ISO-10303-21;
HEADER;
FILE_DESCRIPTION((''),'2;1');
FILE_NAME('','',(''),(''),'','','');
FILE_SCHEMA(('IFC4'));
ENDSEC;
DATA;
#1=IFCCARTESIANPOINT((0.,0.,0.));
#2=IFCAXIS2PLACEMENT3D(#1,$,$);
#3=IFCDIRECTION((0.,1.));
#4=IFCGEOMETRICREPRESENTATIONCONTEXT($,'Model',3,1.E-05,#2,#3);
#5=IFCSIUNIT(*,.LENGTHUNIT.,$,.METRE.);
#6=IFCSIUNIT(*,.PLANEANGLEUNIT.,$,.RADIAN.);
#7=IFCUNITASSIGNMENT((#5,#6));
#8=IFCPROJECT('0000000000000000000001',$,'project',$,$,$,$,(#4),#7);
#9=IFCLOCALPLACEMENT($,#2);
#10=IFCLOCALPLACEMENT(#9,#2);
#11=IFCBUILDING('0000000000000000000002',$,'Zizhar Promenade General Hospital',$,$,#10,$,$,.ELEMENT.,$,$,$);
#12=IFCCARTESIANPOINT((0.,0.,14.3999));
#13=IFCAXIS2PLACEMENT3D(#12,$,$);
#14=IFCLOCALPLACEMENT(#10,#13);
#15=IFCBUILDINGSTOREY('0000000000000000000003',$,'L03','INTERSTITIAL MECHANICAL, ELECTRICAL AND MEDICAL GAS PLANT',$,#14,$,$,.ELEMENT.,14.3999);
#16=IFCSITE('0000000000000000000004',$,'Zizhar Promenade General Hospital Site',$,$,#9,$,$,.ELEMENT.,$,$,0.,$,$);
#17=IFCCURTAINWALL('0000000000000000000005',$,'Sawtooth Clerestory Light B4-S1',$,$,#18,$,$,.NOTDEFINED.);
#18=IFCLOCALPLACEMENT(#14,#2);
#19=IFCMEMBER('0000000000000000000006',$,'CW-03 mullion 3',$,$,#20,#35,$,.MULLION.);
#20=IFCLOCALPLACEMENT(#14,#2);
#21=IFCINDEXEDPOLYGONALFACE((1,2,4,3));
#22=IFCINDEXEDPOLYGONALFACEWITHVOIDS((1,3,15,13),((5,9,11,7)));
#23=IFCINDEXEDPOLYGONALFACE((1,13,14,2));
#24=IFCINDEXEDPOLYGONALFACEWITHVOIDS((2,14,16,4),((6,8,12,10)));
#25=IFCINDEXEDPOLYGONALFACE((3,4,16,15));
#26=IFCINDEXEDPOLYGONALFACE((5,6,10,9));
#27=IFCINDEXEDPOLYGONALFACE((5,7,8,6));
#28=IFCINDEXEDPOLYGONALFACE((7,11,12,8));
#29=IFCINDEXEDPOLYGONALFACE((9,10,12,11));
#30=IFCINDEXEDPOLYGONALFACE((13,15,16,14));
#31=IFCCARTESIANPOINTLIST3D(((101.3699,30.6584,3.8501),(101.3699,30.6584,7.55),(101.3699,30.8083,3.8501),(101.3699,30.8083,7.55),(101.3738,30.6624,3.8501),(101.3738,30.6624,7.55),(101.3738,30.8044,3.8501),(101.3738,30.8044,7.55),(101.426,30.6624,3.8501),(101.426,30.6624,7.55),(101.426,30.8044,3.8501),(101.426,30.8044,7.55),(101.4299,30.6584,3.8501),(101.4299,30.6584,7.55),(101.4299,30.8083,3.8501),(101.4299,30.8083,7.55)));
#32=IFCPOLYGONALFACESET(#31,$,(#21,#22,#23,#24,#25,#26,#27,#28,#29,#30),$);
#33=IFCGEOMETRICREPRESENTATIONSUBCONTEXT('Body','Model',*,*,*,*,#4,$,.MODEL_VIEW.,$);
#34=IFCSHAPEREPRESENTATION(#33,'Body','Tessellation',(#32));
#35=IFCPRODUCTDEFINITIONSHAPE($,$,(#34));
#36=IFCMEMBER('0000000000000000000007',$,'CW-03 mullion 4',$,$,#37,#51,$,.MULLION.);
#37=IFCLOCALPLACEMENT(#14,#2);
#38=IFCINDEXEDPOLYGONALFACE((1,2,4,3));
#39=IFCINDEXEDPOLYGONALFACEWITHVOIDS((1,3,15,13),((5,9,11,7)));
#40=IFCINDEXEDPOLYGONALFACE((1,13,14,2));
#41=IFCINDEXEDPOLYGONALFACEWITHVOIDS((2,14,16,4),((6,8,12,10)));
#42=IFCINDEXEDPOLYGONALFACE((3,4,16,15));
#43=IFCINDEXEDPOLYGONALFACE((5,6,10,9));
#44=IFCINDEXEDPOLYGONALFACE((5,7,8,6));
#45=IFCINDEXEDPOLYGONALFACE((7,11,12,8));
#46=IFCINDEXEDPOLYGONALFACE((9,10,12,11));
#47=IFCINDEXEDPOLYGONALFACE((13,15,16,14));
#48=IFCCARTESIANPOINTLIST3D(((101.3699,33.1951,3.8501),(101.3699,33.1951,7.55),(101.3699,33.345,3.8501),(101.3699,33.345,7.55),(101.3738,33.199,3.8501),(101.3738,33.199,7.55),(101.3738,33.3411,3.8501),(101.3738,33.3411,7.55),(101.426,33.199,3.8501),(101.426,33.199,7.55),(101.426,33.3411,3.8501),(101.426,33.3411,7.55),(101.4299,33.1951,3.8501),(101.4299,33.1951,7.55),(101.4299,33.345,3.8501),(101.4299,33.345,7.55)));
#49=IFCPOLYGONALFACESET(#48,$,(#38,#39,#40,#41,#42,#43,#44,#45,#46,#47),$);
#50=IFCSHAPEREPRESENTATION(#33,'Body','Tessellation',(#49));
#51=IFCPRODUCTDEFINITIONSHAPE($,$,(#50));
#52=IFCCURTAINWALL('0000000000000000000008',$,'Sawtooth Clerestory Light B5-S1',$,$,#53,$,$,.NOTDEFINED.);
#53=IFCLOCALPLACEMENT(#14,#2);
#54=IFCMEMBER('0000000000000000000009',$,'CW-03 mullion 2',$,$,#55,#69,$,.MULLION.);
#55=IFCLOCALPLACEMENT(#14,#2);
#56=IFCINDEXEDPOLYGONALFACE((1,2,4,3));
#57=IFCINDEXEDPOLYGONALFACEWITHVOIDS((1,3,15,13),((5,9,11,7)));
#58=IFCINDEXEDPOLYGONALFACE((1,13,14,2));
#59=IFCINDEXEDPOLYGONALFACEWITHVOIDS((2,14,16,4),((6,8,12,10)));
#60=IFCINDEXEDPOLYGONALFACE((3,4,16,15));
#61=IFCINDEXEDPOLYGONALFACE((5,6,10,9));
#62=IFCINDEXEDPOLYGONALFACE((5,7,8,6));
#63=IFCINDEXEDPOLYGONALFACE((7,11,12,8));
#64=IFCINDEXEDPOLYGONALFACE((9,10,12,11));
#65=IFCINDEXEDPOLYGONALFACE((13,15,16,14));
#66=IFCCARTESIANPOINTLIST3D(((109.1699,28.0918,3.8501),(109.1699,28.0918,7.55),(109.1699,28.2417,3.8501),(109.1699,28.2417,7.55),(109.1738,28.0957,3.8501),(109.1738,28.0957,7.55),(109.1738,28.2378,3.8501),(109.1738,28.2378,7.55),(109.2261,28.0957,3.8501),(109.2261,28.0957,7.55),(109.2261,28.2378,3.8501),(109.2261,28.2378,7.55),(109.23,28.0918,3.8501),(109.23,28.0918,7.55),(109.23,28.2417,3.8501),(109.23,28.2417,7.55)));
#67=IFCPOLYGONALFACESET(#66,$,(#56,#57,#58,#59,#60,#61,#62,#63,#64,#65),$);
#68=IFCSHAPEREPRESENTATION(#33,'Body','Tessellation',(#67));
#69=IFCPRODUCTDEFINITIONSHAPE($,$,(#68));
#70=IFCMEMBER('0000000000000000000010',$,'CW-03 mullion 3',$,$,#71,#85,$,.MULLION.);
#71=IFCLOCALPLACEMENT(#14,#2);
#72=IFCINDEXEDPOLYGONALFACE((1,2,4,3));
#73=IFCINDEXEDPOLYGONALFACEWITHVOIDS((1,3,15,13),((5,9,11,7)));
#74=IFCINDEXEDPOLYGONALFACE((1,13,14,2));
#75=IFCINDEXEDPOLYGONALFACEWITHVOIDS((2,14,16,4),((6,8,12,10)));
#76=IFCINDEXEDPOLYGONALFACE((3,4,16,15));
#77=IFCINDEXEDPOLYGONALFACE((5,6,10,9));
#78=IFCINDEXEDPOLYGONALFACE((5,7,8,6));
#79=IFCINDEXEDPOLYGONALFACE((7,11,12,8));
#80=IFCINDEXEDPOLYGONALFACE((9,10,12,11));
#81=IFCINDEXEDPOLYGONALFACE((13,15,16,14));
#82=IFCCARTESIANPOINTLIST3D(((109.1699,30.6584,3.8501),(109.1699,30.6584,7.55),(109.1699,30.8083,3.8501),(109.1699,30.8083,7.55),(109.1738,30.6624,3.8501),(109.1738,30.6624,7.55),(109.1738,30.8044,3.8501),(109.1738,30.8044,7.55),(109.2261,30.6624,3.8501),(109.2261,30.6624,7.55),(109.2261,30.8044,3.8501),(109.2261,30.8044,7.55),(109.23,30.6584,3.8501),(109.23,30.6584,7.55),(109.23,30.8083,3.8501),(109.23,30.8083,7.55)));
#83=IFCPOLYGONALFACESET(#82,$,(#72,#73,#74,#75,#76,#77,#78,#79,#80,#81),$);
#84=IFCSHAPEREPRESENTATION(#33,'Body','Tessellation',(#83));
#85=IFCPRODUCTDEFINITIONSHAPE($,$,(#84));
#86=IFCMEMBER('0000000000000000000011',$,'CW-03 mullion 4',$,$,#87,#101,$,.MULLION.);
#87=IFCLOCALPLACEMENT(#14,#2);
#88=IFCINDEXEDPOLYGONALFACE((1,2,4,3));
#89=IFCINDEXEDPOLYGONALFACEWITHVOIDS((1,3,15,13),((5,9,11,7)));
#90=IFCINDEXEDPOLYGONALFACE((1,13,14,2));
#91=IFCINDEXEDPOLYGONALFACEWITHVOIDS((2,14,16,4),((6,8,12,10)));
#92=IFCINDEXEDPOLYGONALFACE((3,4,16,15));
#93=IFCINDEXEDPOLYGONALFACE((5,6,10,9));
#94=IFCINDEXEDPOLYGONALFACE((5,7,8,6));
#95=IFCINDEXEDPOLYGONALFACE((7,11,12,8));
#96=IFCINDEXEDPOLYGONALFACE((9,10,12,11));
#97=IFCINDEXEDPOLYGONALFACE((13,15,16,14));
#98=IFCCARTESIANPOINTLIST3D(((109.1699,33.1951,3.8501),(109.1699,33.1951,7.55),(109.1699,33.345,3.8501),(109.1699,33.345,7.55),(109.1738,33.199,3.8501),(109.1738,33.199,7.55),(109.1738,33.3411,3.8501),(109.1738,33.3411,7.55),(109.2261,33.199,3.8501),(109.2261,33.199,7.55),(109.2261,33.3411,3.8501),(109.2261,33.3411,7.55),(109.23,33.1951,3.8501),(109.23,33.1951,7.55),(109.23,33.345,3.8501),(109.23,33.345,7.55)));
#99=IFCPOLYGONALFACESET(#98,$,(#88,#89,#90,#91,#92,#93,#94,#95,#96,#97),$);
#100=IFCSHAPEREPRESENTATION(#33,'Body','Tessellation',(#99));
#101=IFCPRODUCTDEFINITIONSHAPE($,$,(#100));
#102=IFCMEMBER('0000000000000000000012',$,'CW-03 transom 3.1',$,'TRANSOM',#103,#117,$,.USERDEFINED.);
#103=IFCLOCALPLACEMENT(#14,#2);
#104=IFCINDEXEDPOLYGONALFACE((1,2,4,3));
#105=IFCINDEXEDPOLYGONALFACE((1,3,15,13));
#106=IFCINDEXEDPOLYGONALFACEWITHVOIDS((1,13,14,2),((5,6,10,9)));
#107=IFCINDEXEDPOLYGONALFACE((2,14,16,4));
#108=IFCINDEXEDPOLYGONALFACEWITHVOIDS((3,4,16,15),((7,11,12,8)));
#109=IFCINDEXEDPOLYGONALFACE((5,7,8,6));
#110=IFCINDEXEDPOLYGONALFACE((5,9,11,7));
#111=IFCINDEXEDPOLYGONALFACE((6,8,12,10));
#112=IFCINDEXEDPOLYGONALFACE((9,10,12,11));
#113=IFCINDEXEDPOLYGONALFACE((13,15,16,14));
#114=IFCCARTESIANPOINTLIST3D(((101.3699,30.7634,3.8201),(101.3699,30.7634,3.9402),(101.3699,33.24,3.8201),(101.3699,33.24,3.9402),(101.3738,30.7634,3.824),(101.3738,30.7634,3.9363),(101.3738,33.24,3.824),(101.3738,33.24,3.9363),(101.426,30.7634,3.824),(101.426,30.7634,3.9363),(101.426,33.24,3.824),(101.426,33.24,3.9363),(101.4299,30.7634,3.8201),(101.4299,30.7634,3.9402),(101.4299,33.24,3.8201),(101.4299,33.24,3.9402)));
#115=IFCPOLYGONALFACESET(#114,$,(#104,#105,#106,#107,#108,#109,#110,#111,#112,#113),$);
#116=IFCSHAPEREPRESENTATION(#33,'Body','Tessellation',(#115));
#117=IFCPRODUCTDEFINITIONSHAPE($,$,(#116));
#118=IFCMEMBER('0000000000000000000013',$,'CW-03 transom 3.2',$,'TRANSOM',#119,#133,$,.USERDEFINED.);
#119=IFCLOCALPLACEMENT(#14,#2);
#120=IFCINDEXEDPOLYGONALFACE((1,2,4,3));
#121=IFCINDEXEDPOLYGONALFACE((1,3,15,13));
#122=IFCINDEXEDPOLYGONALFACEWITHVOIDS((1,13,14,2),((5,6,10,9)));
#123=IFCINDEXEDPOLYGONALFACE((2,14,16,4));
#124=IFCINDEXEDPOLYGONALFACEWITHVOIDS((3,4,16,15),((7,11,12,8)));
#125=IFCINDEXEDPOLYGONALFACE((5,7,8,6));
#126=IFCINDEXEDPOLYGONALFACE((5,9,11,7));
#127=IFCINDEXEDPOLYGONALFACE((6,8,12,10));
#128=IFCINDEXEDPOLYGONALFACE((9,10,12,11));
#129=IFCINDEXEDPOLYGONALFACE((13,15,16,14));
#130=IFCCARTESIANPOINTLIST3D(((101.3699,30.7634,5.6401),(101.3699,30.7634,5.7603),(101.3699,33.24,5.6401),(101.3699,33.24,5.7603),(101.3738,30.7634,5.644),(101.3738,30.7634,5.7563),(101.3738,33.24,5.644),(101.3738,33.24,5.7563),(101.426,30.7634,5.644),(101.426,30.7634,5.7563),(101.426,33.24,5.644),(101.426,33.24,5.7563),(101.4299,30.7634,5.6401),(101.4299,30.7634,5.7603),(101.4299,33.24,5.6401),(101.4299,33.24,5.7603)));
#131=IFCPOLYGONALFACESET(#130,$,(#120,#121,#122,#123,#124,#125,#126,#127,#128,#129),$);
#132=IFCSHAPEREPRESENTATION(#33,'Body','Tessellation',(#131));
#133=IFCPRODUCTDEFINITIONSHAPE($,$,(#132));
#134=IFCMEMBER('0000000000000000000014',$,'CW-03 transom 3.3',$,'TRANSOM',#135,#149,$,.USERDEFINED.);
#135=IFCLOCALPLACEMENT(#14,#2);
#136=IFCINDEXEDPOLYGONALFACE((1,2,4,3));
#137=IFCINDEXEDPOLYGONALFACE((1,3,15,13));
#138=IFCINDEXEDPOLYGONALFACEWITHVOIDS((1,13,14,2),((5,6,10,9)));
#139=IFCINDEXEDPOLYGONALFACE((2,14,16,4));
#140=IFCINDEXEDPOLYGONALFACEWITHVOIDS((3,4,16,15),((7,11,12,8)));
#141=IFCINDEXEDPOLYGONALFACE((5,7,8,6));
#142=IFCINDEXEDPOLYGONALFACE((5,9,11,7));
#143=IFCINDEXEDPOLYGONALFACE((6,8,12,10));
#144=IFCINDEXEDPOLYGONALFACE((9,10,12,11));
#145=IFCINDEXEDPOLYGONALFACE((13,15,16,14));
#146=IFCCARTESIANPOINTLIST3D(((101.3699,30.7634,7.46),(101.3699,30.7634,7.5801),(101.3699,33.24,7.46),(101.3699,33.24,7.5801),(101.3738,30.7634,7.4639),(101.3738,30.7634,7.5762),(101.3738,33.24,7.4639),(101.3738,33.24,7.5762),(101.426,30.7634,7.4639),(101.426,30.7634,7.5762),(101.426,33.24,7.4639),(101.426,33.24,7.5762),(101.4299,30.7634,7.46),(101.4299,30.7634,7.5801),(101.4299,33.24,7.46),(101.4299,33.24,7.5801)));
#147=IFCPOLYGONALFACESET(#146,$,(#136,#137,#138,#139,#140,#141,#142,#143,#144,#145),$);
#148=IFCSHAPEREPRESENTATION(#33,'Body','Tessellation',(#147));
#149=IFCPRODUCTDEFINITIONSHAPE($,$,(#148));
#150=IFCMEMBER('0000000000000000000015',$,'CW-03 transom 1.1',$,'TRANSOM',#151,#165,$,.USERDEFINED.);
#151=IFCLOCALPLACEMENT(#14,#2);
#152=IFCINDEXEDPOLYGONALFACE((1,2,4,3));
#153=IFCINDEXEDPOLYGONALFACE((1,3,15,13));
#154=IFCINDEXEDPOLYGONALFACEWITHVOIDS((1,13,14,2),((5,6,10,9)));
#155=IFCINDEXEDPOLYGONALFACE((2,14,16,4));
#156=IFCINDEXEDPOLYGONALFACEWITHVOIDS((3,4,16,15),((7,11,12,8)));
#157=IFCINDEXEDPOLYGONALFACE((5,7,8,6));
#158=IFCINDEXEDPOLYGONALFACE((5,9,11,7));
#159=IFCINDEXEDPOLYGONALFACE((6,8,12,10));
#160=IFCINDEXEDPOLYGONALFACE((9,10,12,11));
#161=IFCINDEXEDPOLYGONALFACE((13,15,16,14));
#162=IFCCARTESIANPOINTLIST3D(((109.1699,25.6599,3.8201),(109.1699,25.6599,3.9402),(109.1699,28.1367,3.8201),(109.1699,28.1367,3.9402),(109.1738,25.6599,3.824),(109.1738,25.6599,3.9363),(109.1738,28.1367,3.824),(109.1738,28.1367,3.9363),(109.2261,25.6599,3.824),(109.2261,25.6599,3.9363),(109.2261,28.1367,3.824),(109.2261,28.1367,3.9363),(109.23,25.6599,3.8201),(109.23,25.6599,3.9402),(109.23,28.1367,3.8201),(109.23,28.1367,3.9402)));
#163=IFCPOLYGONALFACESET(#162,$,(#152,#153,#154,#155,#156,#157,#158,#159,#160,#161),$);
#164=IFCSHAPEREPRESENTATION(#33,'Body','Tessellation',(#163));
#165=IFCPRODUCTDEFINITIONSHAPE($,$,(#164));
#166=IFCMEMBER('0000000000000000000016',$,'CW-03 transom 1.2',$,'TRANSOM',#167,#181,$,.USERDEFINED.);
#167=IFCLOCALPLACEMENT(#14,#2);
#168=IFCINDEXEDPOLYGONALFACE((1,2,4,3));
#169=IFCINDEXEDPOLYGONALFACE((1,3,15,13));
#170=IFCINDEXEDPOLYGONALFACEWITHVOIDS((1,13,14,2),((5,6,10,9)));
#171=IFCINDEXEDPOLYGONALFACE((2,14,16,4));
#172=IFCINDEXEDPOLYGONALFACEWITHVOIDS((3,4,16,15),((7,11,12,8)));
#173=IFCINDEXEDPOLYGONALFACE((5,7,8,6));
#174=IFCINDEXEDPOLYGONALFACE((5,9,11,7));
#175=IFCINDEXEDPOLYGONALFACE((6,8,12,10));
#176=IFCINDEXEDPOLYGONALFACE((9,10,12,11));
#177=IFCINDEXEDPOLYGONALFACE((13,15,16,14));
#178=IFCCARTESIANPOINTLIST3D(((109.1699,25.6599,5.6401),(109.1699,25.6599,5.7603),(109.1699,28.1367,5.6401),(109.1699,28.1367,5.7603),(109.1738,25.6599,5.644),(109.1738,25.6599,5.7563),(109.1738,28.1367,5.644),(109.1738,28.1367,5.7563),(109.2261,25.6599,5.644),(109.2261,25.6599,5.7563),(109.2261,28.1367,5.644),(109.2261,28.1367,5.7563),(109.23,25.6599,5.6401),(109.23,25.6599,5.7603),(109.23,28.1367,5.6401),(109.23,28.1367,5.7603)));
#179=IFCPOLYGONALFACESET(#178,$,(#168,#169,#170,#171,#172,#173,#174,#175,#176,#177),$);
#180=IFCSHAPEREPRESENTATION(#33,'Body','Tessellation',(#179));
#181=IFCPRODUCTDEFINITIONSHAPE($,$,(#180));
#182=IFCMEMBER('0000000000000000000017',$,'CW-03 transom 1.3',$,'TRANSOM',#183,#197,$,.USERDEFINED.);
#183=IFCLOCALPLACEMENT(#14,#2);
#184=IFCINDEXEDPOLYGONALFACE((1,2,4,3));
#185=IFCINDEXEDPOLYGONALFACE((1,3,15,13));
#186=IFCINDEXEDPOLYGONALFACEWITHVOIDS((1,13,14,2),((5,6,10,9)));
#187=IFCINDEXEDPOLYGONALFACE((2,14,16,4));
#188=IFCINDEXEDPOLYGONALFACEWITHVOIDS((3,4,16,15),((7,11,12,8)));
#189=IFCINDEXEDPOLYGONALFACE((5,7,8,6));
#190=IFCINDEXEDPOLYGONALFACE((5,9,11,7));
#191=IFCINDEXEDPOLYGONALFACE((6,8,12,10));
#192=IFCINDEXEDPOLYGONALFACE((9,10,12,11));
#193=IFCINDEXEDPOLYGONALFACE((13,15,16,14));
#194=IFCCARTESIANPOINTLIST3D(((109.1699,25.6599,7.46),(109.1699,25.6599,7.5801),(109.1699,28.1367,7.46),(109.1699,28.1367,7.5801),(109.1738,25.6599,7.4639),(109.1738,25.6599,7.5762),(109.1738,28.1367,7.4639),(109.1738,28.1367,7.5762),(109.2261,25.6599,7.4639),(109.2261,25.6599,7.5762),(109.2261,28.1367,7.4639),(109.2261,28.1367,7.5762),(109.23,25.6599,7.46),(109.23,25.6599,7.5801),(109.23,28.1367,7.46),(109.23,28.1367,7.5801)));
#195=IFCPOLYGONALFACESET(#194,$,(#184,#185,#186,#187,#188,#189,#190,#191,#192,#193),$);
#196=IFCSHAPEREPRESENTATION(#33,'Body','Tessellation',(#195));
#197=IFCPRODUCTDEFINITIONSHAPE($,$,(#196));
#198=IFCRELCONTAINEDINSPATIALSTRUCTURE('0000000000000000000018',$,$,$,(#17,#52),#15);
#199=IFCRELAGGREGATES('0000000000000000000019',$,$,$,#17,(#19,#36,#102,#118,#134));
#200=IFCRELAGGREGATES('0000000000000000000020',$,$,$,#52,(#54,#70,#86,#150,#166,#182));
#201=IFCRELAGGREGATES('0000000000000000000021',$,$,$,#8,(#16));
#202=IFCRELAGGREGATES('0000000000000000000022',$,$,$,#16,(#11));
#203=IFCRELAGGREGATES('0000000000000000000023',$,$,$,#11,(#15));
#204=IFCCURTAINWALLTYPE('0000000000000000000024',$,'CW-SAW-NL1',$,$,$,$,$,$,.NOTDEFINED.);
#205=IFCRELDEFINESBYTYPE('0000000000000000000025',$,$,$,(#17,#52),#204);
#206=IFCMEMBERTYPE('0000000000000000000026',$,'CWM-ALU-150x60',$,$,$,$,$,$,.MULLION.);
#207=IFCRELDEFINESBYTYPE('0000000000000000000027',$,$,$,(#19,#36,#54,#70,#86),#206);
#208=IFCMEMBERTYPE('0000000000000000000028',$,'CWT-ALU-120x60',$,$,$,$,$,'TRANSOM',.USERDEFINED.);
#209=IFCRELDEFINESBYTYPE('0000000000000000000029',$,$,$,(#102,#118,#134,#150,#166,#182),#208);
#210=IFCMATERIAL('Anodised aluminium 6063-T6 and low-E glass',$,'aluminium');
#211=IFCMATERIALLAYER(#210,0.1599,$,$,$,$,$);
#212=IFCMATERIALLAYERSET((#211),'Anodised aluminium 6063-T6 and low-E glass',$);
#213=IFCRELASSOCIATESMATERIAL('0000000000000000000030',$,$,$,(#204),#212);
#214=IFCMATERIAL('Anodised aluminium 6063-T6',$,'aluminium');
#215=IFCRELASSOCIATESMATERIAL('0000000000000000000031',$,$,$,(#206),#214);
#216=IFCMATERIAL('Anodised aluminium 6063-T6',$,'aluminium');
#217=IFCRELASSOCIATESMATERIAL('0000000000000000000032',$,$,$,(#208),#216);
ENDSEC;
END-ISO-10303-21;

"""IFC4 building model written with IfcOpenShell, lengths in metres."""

from ifc_helpers import new_model, si_unit, direction, frame, origin, origin_2d, place, context, subcontext, project, spatial, hollow_rectangle, extrude, material, layer, layer_set, material_profile, profile_set, type_object, element, aggregate, save


model = new_model("IFC4")

# Units and contexts
model_context = context("Model", 3, precision=1e-05, world=origin(), true_north=direction((0.0, 1.0)))
body_context = subcontext(model_context, "Body", "Model", "MODEL_VIEW")
ifc_project = project(units=[si_unit("LENGTHUNIT", "METRE"), si_unit("PLANEANGLEUNIT", "RADIAN")], contexts=[model_context])

# Site, building, storey
site_placement = place(None, origin())
site = spatial("IfcSite", under=ifc_project, at=site_placement, Name="Zizhar Promenade General Hospital Site", CompositionType="ELEMENT", RefElevation=0.0)
building_placement = place(site_placement, origin())
building = spatial("IfcBuilding", under=site, at=building_placement, Name="Zizhar Promenade General Hospital", CompositionType="ELEMENT")
storey_placement = place(building_placement, frame((0.0, 0.0, 14.3999)))
storey = spatial("IfcBuildingStorey", under=building, at=storey_placement, Name="L03", Description="INTERSTITIAL MECHANICAL, ELECTRICAL AND MEDICAL GAS PLANT", CompositionType="ELEMENT", Elevation=14.3999)

# Curtain walls, members
ifc_material_1 = material(Name="Anodised aluminium 6063-T6 and low-E glass", Category="aluminium")
ifc_layer_1 = layer(ifc_material_1, 0.1599)
ifc_layer_set_1 = layer_set([ifc_layer_1], Name="Anodised aluminium 6063-T6 and low-E glass")
curtain_wall_type = type_object("IfcCurtainWallType", Name="CW-SAW-NL1", PredefinedType="NOTDEFINED", material=ifc_layer_set_1)
curtain_wall_1_placement = place(storey_placement, origin())
curtain_wall_1 = element("IfcCurtainWall", 1, at=curtain_wall_1_placement, inside=storey, type_object=curtain_wall_type, Name="Sawtooth Clerestory Light B4-S1", PredefinedType="NOTDEFINED")
ifc_material_2 = material(Name="Anodised aluminium 6063-T6", Category="aluminium")
ifc_material_profile_1 = material_profile(ifc_material_2, hollow_rectangle(XDim=0.0601, YDim=0.1499, WallThickness=0.0039, at=origin_2d()))
ifc_profile_set_1 = profile_set([ifc_material_profile_1], Name="Anodised aluminium 6063-T6")
member_type_1 = type_object("IfcMemberType", Name="CWM-ALU-150x60", PredefinedType="MULLION", material=ifc_profile_set_1)
member_1_placement = place(storey_placement, frame((101.3999, 30.7334, 3.8501), z_axis=(0.0, 0.0, 1.0), x_axis=(-1.0, 0.0, 0.0)))
member_1 = element("IfcMember", 2, at=member_1_placement, type_object=member_type_1, Name="CW-03 mullion 3", PredefinedType="MULLION", context=body_context, shape_type="SweptSolid", body=[
    extrude(hollow_rectangle(XDim=0.0601, YDim=0.1499, WallThickness=0.0039, at=origin_2d()), origin(), (0.0, 0.0, 1.0), 3.7),
])
member_2_placement = place(storey_placement, frame((101.3999, 33.27, 3.8501), z_axis=(0.0, 0.0, 1.0), x_axis=(-1.0, 0.0, 0.0)))
member_2 = element("IfcMember", 3, at=member_2_placement, type_object=member_type_1, Name="CW-03 mullion 4", PredefinedType="MULLION", context=body_context, shape_type="SweptSolid", body=[
    extrude(hollow_rectangle(XDim=0.0601, YDim=0.1499, WallThickness=0.0039, at=origin_2d()), origin(), (0.0, 0.0, 1.0), 3.7),
])
curtain_wall_2_placement = place(storey_placement, origin())
curtain_wall_2 = element("IfcCurtainWall", 4, at=curtain_wall_2_placement, inside=storey, type_object=curtain_wall_type, Name="Sawtooth Clerestory Light B5-S1", PredefinedType="NOTDEFINED")
member_3_placement = place(storey_placement, frame((109.2, 28.1667, 3.8501), z_axis=(0.0, 0.0, 1.0), x_axis=(-1.0, 0.0, 0.0)))
member_3 = element("IfcMember", 5, at=member_3_placement, type_object=member_type_1, Name="CW-03 mullion 2", PredefinedType="MULLION", context=body_context, shape_type="SweptSolid", body=[
    extrude(hollow_rectangle(XDim=0.0601, YDim=0.1499, WallThickness=0.0039, at=origin_2d()), origin(), (0.0, 0.0, 1.0), 3.7),
])
member_4_placement = place(storey_placement, frame((109.2, 30.7334, 3.8501), z_axis=(0.0, 0.0, 1.0), x_axis=(-1.0, 0.0, 0.0)))
member_4 = element("IfcMember", 6, at=member_4_placement, type_object=member_type_1, Name="CW-03 mullion 3", PredefinedType="MULLION", context=body_context, shape_type="SweptSolid", body=[
    extrude(hollow_rectangle(XDim=0.0601, YDim=0.1499, WallThickness=0.0039, at=origin_2d()), origin(), (0.0, 0.0, 1.0), 3.7),
])
member_5_placement = place(storey_placement, frame((109.2, 33.27, 3.8501), z_axis=(0.0, 0.0, 1.0), x_axis=(-1.0, 0.0, 0.0)))
member_5 = element("IfcMember", 7, at=member_5_placement, type_object=member_type_1, Name="CW-03 mullion 4", PredefinedType="MULLION", context=body_context, shape_type="SweptSolid", body=[
    extrude(hollow_rectangle(XDim=0.0601, YDim=0.1499, WallThickness=0.0039, at=origin_2d()), origin(), (0.0, 0.0, 1.0), 3.7),
])

# Members
ifc_material_3 = material(Name="Anodised aluminium 6063-T6", Category="aluminium")
ifc_material_profile_2 = material_profile(ifc_material_3, hollow_rectangle(XDim=0.0601, YDim=0.1201, WallThickness=0.0039, at=origin_2d()))
ifc_profile_set_2 = profile_set([ifc_material_profile_2], Name="Anodised aluminium 6063-T6")
member_type_2 = type_object("IfcMemberType", Name="CWT-ALU-120x60", ElementType="TRANSOM", PredefinedType="USERDEFINED", material=ifc_profile_set_2)
member_6_placement = place(storey_placement, frame((101.3999, 30.7634, 3.8801), z_axis=(0.0, 1.0, 0.0), x_axis=(-1.0, 0.0, 0.0)))
member_6 = element("IfcMember", 8, at=member_6_placement, type_object=member_type_2, Name="CW-03 transom 3.1", ObjectType="TRANSOM", PredefinedType="USERDEFINED", context=body_context, shape_type="SweptSolid", body=[
    extrude(hollow_rectangle(XDim=0.0601, YDim=0.1201, WallThickness=0.0039, at=origin_2d()), origin(), (0.0, 0.0, 1.0), 2.4766),
])
member_7_placement = place(storey_placement, frame((101.3999, 30.7634, 5.7002), z_axis=(0.0, 1.0, 0.0), x_axis=(-1.0, 0.0, 0.0)))
member_7 = element("IfcMember", 9, at=member_7_placement, type_object=member_type_2, Name="CW-03 transom 3.2", ObjectType="TRANSOM", PredefinedType="USERDEFINED", context=body_context, shape_type="SweptSolid", body=[
    extrude(hollow_rectangle(XDim=0.0601, YDim=0.1201, WallThickness=0.0039, at=origin_2d()), origin(), (0.0, 0.0, 1.0), 2.4766),
])
member_8_placement = place(storey_placement, frame((101.3999, 30.7634, 7.52), z_axis=(0.0, 1.0, 0.0), x_axis=(-1.0, 0.0, 0.0)))
member_8 = element("IfcMember", 10, at=member_8_placement, type_object=member_type_2, Name="CW-03 transom 3.3", ObjectType="TRANSOM", PredefinedType="USERDEFINED", context=body_context, shape_type="SweptSolid", body=[
    extrude(hollow_rectangle(XDim=0.0601, YDim=0.1201, WallThickness=0.0039, at=origin_2d()), origin(), (0.0, 0.0, 1.0), 2.4766),
])
member_9_placement = place(storey_placement, frame((109.2, 25.6599, 3.8801), z_axis=(0.0, 1.0, 0.0), x_axis=(-1.0, 0.0, 0.0)))
member_9 = element("IfcMember", 11, at=member_9_placement, type_object=member_type_2, Name="CW-03 transom 1.1", ObjectType="TRANSOM", PredefinedType="USERDEFINED", context=body_context, shape_type="SweptSolid", body=[
    extrude(hollow_rectangle(XDim=0.0601, YDim=0.1201, WallThickness=0.0039, at=origin_2d()), origin(), (0.0, 0.0, 1.0), 2.4768),
])
member_10_placement = place(storey_placement, frame((109.2, 25.6599, 5.7002), z_axis=(0.0, 1.0, 0.0), x_axis=(-1.0, 0.0, 0.0)))
member_10 = element("IfcMember", 12, at=member_10_placement, type_object=member_type_2, Name="CW-03 transom 1.2", ObjectType="TRANSOM", PredefinedType="USERDEFINED", context=body_context, shape_type="SweptSolid", body=[
    extrude(hollow_rectangle(XDim=0.0601, YDim=0.1201, WallThickness=0.0039, at=origin_2d()), origin(), (0.0, 0.0, 1.0), 2.4768),
])
member_11_placement = place(storey_placement, frame((109.2, 25.6599, 7.52), z_axis=(0.0, 1.0, 0.0), x_axis=(-1.0, 0.0, 0.0)))
member_11 = element("IfcMember", 13, at=member_11_placement, type_object=member_type_2, Name="CW-03 transom 1.3", ObjectType="TRANSOM", PredefinedType="USERDEFINED", context=body_context, shape_type="SweptSolid", body=[
    extrude(hollow_rectangle(XDim=0.0601, YDim=0.1201, WallThickness=0.0039, at=origin_2d()), origin(), (0.0, 0.0, 1.0), 2.4768),
])

aggregate(curtain_wall_1, [member_1, member_2, member_6, member_7, member_8])
aggregate(curtain_wall_2, [member_3, member_4, member_5, member_9, member_10, member_11])

save(model, "model.ifc")
